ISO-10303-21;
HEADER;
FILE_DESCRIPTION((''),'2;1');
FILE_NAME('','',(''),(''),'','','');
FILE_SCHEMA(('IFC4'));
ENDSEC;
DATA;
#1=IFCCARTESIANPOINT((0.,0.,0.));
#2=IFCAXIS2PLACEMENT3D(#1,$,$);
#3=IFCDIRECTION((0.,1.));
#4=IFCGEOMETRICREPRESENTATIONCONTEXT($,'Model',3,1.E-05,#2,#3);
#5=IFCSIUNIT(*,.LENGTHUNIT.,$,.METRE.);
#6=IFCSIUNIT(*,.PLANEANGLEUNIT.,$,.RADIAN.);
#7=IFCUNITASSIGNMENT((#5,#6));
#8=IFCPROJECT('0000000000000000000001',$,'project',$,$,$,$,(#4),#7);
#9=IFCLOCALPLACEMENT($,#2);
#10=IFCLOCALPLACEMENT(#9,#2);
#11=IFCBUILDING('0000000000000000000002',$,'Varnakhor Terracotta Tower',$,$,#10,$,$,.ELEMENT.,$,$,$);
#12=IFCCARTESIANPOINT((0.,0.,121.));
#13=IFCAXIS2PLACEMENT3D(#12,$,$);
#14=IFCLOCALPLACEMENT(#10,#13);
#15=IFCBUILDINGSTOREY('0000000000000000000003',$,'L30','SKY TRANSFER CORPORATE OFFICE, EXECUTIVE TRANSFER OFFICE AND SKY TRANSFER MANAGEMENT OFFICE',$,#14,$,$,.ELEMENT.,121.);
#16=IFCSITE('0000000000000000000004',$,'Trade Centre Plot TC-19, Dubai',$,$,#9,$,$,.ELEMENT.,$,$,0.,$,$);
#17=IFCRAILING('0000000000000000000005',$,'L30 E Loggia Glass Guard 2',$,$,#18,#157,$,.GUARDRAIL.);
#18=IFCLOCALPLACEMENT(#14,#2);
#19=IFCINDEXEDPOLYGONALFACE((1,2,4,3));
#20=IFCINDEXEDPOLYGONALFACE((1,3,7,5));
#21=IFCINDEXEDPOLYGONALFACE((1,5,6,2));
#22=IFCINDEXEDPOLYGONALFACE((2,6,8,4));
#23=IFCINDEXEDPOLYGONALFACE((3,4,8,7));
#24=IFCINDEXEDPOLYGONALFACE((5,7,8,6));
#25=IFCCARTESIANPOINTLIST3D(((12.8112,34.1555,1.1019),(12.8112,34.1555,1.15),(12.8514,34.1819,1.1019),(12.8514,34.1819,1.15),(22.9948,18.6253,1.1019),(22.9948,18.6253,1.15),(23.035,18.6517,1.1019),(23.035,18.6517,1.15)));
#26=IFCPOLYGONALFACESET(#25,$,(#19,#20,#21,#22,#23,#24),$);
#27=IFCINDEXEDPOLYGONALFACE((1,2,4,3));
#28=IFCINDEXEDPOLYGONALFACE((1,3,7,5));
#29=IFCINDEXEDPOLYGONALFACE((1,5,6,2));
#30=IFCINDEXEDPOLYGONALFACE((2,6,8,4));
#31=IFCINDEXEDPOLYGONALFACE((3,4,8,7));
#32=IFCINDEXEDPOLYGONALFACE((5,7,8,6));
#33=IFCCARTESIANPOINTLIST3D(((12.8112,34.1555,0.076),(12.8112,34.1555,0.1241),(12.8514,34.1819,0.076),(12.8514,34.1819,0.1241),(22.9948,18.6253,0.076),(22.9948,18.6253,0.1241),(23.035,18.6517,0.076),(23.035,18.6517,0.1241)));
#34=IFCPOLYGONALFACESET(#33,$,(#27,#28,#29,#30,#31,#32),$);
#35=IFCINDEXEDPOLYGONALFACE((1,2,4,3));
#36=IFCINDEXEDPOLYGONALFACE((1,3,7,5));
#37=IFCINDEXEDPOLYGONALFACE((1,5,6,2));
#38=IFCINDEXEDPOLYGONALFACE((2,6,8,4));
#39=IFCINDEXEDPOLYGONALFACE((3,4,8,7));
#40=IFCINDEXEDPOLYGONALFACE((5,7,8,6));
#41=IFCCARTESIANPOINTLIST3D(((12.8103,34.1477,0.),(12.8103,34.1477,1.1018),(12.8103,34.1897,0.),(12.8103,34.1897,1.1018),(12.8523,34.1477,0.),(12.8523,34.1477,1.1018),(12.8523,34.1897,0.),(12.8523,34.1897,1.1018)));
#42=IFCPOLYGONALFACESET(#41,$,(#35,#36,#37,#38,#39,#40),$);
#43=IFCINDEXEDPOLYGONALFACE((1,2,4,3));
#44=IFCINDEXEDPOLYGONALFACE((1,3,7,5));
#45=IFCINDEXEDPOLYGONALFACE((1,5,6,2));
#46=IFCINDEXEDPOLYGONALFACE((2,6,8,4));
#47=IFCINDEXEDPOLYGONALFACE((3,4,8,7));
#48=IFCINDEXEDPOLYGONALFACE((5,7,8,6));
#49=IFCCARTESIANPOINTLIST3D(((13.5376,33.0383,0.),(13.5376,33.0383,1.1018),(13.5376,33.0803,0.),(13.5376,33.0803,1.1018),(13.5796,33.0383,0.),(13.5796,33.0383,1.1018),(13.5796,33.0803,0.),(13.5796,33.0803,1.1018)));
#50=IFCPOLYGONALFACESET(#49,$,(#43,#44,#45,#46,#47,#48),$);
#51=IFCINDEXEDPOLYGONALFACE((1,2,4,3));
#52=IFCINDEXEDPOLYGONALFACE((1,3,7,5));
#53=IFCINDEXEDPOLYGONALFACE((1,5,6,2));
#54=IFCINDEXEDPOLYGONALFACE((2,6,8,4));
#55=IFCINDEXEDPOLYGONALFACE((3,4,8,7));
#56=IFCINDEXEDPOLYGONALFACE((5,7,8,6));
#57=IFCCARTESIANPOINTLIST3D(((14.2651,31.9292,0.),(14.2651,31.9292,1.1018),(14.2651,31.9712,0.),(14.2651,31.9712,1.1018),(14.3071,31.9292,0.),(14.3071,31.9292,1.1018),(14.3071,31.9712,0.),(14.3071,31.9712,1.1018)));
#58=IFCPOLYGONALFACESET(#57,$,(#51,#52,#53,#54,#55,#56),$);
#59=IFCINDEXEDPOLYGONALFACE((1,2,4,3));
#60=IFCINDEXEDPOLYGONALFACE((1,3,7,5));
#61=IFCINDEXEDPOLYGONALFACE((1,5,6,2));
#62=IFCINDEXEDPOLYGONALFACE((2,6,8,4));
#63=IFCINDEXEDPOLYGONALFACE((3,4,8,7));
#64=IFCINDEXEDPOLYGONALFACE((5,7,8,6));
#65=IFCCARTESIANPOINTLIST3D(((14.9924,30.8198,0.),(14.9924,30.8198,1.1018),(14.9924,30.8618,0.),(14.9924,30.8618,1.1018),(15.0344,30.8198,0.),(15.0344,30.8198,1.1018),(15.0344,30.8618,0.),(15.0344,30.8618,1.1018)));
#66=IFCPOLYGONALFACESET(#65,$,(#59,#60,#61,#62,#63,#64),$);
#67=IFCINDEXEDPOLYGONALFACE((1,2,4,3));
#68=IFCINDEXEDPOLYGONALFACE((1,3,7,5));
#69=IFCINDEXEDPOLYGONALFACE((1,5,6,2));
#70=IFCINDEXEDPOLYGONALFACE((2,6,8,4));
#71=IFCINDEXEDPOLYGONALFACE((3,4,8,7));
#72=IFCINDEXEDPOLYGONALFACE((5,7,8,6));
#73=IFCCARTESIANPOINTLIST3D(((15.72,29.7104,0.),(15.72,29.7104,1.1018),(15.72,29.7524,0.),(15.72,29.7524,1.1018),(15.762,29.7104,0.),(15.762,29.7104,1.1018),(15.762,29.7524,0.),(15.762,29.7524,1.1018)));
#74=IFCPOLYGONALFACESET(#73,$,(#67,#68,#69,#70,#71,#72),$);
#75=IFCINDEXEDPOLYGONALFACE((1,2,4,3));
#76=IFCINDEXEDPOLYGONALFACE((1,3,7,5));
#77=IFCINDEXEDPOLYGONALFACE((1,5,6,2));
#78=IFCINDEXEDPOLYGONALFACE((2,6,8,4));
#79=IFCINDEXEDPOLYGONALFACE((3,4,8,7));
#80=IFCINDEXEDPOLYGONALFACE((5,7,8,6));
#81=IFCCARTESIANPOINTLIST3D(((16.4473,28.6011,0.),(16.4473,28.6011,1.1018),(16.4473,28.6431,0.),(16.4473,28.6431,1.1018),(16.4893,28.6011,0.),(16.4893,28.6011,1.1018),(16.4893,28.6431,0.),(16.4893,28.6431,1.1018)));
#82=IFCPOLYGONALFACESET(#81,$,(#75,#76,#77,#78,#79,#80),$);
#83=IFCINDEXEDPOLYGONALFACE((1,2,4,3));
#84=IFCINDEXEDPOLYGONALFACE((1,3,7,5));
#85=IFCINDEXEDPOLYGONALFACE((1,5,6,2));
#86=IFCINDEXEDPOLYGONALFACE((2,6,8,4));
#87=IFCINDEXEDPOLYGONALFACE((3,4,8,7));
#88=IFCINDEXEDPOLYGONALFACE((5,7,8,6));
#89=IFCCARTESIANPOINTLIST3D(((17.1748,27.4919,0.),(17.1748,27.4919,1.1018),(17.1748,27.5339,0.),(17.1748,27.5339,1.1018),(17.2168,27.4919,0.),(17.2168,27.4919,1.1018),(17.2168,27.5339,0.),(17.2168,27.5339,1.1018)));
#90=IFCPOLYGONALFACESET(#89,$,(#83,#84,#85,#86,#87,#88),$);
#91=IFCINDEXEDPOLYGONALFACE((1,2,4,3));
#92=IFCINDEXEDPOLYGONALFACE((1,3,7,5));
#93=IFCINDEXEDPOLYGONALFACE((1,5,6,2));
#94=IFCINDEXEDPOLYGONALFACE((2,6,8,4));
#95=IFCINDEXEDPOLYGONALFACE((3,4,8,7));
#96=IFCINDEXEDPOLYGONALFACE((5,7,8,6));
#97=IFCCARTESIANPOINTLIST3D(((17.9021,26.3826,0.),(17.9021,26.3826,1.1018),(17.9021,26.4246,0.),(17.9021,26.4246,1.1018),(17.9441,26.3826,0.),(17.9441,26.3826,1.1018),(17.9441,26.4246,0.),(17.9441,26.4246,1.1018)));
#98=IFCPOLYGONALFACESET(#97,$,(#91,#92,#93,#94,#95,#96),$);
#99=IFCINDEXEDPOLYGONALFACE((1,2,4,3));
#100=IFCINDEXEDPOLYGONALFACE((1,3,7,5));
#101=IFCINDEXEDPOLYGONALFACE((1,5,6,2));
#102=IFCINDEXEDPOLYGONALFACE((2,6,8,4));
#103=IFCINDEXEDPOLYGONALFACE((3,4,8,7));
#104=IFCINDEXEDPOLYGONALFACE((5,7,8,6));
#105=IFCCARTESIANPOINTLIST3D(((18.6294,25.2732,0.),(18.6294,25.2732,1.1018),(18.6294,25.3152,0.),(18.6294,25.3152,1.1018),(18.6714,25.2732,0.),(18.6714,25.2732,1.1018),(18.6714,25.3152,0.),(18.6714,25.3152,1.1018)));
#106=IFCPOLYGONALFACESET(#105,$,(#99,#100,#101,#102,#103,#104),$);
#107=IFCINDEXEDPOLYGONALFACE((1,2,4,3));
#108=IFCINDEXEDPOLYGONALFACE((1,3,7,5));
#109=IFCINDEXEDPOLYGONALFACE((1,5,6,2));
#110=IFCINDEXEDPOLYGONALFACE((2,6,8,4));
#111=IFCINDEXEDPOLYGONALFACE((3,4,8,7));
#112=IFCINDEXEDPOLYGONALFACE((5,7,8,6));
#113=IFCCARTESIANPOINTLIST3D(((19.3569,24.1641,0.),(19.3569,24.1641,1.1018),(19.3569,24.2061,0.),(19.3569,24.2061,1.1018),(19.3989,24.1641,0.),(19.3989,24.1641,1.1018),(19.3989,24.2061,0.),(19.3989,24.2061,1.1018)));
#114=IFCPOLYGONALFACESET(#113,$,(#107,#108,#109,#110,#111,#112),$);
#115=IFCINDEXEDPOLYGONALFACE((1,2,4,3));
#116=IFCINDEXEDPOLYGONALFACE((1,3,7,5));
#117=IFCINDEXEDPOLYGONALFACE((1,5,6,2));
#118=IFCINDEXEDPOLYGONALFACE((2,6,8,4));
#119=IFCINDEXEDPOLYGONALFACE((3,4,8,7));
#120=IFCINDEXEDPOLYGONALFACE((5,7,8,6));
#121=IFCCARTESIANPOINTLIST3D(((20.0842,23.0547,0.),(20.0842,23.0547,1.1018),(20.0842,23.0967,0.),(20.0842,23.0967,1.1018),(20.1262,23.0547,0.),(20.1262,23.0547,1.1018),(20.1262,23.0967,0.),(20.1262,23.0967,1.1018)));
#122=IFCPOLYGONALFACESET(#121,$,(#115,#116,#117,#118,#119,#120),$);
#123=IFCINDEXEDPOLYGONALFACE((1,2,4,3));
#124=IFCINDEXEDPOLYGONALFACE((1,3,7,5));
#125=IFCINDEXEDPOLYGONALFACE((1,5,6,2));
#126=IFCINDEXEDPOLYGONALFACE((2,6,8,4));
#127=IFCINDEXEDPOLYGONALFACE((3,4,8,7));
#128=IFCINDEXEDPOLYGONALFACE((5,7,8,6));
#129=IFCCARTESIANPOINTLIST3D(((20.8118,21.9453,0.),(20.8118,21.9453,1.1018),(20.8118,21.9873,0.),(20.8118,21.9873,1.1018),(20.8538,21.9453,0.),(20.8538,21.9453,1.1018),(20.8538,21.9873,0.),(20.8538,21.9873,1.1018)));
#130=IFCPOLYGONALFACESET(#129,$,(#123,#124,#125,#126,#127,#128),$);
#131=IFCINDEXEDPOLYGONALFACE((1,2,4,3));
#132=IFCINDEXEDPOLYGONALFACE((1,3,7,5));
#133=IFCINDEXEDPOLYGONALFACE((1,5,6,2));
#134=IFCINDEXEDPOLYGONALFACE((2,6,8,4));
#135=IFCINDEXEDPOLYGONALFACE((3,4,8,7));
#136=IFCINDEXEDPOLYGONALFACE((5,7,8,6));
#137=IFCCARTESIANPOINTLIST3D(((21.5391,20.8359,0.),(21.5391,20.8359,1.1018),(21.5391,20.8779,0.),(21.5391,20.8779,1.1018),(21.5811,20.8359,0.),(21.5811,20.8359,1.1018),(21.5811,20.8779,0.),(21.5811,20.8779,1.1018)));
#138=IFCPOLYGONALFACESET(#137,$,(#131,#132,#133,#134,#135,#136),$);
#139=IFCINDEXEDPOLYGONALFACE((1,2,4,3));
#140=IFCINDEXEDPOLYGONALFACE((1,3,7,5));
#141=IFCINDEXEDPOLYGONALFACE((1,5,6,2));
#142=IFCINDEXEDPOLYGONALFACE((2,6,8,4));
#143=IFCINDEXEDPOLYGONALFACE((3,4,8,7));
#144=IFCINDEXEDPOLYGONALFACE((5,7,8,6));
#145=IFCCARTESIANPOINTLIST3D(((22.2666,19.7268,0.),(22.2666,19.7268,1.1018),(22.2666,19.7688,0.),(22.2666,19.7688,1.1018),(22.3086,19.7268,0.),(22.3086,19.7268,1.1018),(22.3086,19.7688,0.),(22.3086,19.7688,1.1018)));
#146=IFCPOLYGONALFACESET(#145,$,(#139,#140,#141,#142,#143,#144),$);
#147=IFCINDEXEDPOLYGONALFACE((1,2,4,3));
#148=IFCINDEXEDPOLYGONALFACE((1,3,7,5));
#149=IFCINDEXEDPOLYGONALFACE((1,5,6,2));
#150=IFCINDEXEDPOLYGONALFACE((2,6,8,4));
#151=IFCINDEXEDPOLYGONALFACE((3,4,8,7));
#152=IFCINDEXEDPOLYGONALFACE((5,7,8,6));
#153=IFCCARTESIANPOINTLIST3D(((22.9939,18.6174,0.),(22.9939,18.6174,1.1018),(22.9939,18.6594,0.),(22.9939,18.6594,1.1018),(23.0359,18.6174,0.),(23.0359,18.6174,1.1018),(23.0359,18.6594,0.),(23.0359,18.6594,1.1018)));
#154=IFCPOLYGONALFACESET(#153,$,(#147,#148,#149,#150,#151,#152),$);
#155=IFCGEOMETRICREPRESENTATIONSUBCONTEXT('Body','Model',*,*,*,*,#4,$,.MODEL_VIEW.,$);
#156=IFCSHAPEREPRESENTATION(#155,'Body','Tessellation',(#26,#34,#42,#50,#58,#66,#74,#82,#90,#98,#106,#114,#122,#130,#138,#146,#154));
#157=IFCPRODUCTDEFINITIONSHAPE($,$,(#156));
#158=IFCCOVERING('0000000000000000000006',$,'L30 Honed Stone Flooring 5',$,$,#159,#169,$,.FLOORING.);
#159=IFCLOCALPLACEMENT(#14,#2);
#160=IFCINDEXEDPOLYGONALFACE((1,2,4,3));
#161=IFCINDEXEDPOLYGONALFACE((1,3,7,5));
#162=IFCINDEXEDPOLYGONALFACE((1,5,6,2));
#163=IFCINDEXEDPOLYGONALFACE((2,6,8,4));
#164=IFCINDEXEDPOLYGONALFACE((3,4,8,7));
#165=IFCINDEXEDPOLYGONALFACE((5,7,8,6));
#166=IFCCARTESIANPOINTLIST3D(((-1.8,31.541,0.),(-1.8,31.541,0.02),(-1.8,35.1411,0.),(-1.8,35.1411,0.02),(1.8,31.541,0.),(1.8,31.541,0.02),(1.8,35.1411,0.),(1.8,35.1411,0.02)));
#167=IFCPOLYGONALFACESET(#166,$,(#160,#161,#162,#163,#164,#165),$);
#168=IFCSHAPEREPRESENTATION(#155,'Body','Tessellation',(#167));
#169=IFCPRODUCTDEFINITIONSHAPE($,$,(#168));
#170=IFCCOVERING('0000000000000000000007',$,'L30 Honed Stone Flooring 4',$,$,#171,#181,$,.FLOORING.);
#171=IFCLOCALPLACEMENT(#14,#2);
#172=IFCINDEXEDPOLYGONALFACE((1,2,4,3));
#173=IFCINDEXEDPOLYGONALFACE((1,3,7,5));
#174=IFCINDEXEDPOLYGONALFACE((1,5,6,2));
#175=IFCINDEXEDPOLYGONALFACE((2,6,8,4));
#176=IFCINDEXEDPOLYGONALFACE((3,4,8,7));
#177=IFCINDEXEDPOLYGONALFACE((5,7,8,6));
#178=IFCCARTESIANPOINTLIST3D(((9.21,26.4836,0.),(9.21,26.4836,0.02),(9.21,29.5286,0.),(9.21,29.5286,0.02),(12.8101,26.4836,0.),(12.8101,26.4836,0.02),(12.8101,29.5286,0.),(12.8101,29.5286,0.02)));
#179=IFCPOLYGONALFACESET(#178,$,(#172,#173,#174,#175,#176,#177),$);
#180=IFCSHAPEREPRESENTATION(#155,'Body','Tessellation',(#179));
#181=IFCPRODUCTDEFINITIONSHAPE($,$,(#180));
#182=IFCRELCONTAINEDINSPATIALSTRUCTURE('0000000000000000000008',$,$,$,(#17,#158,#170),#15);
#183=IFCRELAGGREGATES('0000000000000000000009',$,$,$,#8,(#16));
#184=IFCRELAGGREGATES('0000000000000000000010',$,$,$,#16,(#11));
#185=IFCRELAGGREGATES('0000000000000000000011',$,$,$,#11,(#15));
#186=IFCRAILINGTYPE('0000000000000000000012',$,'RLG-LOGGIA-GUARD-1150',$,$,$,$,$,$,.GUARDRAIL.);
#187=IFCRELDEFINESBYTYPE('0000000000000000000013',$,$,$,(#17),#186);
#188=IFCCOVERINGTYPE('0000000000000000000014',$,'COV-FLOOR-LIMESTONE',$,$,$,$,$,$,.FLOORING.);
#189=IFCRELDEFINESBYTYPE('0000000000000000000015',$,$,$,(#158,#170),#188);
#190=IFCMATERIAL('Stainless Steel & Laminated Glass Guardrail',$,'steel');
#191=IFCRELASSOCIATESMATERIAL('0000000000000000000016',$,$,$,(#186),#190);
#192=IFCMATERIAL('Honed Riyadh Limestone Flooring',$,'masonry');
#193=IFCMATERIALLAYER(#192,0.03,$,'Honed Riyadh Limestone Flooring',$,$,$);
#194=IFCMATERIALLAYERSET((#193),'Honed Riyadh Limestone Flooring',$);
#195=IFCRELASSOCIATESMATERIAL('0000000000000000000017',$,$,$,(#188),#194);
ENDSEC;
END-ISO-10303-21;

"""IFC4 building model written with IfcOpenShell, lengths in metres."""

from ifc_helpers import new_model, si_unit, direction, frame, origin, origin_2d, place, context, subcontext, project, spatial, rectangle, extrude, source, transform, mapped, material, layer, layer_set, type_object, element, save


model = new_model("IFC4")

# Units and contexts
model_context = context("Model", 3, precision=1e-05, world=origin(), true_north=direction((0.0, 1.0)))
body_context = subcontext(model_context, "Body", "Model", "MODEL_VIEW")
ifc_project = project(units=[si_unit("LENGTHUNIT", "METRE"), si_unit("PLANEANGLEUNIT", "RADIAN")], contexts=[model_context])

# Site, building, storey
site_placement = place(None, origin())
site = spatial("IfcSite", under=ifc_project, at=site_placement, Name="Trade Centre Plot TC-19, Dubai", CompositionType="ELEMENT", RefElevation=0.0)
building_placement = place(site_placement, origin())
building = spatial("IfcBuilding", under=site, at=building_placement, Name="Varnakhor Terracotta Tower", CompositionType="ELEMENT")
storey_placement = place(building_placement, frame((0.0, 0.0, 121.0)))
storey = spatial("IfcBuildingStorey", under=building, at=storey_placement, Name="L30", Description="SKY TRANSFER CORPORATE OFFICE, EXECUTIVE TRANSFER OFFICE AND SKY TRANSFER MANAGEMENT OFFICE", CompositionType="ELEMENT", Elevation=121.0)

# Railing
ifc_material_1 = material(Name="Stainless Steel & Laminated Glass Guardrail", Category="steel")
railing_type = type_object("IfcRailingType", Name="RLG-LOGGIA-GUARD-1150", PredefinedType="GUARDRAIL", material=ifc_material_1)
railing_1_placement = place(storey_placement, frame((12.8313, 34.1687, 0.0)))
element("IfcRailing", 1, at=railing_1_placement, inside=storey, type_object=railing_type, Name="L30 E Loggia Glass Guard 2", PredefinedType="GUARDRAIL", context=body_context, shape_type="SweptSolid", body=[
    extrude(rectangle(XDim=0.0481, YDim=0.0481, at=origin_2d()), frame((0.0, 0.0, 1.126), z_axis=(0.54835, -0.836249, 0.0), x_axis=(0.836249, 0.54835, 0.0)), (0.0, 0.0, 1.0), 18.5713),
    extrude(rectangle(XDim=0.0481, YDim=0.0481, at=origin_2d()), frame((0.0, 0.0, 0.1001), z_axis=(0.54835, -0.836249, 0.0), x_axis=(0.836249, 0.54835, 0.0)), (0.0, 0.0, 1.0), 18.5713),
    extrude(rectangle(XDim=0.042, YDim=0.042, at=origin_2d()), origin(), (0.0, 0.0, 1.0), 1.1018),
    extrude(rectangle(XDim=0.042, YDim=0.042, at=origin_2d()), frame((0.7273, -1.1094, 0.0)), (0.0, 0.0, 1.0), 1.1018),
    extrude(rectangle(XDim=0.042, YDim=0.042, at=origin_2d()), frame((1.4548, -2.2185, 0.0)), (0.0, 0.0, 1.0), 1.1018),
    extrude(rectangle(XDim=0.042, YDim=0.042, at=origin_2d()), frame((2.1821, -3.3279, 0.0)), (0.0, 0.0, 1.0), 1.1018),
    extrude(rectangle(XDim=0.042, YDim=0.042, at=origin_2d()), frame((2.9097, -4.4373, 0.0)), (0.0, 0.0, 1.0), 1.1018),
    extrude(rectangle(XDim=0.042, YDim=0.042, at=origin_2d()), frame((3.637, -5.5466, 0.0)), (0.0, 0.0, 1.0), 1.1018),
    extrude(rectangle(XDim=0.042, YDim=0.042, at=origin_2d()), frame((4.3645, -6.6558, 0.0)), (0.0, 0.0, 1.0), 1.1018),
    extrude(rectangle(XDim=0.042, YDim=0.042, at=origin_2d()), frame((5.0918, -7.7651, 0.0)), (0.0, 0.0, 1.0), 1.1018),
    extrude(rectangle(XDim=0.042, YDim=0.042, at=origin_2d()), frame((5.8191, -8.8745, 0.0)), (0.0, 0.0, 1.0), 1.1018),
    extrude(rectangle(XDim=0.042, YDim=0.042, at=origin_2d()), frame((6.5466, -9.9836, 0.0)), (0.0, 0.0, 1.0), 1.1018),
    extrude(rectangle(XDim=0.042, YDim=0.042, at=origin_2d()), frame((7.2739, -11.093, 0.0)), (0.0, 0.0, 1.0), 1.1018),
    extrude(rectangle(XDim=0.042, YDim=0.042, at=origin_2d()), frame((8.0015, -12.2024, 0.0)), (0.0, 0.0, 1.0), 1.1018),
    extrude(rectangle(XDim=0.042, YDim=0.042, at=origin_2d()), frame((8.7288, -13.3118, 0.0)), (0.0, 0.0, 1.0), 1.1018),
    extrude(rectangle(XDim=0.042, YDim=0.042, at=origin_2d()), frame((9.4563, -14.4209, 0.0)), (0.0, 0.0, 1.0), 1.1018),
    extrude(rectangle(XDim=0.042, YDim=0.042, at=origin_2d()), frame((10.1836, -15.5303, 0.0)), (0.0, 0.0, 1.0), 1.1018),
])

# Coverings
ifc_material_2 = material(Name="Honed Riyadh Limestone Flooring", Category="masonry")
ifc_layer_1 = layer(ifc_material_2, 0.03, Name="Honed Riyadh Limestone Flooring")
ifc_layer_set_1 = layer_set([ifc_layer_1], Name="Honed Riyadh Limestone Flooring")
covering_type = type_object("IfcCoveringType", Name="COV-FLOOR-LIMESTONE", PredefinedType="FLOORING", material=ifc_layer_set_1)
shared_shape_1 = source(origin(), body_context, "Body", "SweptSolid", [
    extrude(rectangle(XDim=3.6001, YDim=3.6001, at=origin_2d()), origin(), (0.0, 0.0, 1.0), 0.02),
])
covering_1_placement = place(storey_placement, frame((0.0, 33.3411, 0.0), z_axis=(0.0, 0.0, 1.0), x_axis=(1.0, 0.0, 0.0)))
element("IfcCovering", 2, at=covering_1_placement, inside=storey, type_object=covering_type, Name="L30 Honed Stone Flooring 5", PredefinedType="FLOORING", context=body_context, shape_type="MappedRepresentation", body=[
    mapped(shared_shape_1, transform((0.0, 0.0, 0.0), scale=1.0)),
])
shared_shape_2 = source(origin(), body_context, "Body", "SweptSolid", [
    extrude(rectangle(XDim=3.6001, YDim=3.0449, at=origin_2d()), origin(), (0.0, 0.0, 1.0), 0.02),
])
covering_2_placement = place(storey_placement, frame((11.01, 28.0061, 0.0), z_axis=(0.0, 0.0, 1.0), x_axis=(1.0, 0.0, 0.0)))
element("IfcCovering", 3, at=covering_2_placement, inside=storey, type_object=covering_type, Name="L30 Honed Stone Flooring 4", PredefinedType="FLOORING", context=body_context, shape_type="MappedRepresentation", body=[
    mapped(shared_shape_2, transform((0.0, 0.0, 0.0), scale=1.0)),
])

save(model, "model.ifc")
